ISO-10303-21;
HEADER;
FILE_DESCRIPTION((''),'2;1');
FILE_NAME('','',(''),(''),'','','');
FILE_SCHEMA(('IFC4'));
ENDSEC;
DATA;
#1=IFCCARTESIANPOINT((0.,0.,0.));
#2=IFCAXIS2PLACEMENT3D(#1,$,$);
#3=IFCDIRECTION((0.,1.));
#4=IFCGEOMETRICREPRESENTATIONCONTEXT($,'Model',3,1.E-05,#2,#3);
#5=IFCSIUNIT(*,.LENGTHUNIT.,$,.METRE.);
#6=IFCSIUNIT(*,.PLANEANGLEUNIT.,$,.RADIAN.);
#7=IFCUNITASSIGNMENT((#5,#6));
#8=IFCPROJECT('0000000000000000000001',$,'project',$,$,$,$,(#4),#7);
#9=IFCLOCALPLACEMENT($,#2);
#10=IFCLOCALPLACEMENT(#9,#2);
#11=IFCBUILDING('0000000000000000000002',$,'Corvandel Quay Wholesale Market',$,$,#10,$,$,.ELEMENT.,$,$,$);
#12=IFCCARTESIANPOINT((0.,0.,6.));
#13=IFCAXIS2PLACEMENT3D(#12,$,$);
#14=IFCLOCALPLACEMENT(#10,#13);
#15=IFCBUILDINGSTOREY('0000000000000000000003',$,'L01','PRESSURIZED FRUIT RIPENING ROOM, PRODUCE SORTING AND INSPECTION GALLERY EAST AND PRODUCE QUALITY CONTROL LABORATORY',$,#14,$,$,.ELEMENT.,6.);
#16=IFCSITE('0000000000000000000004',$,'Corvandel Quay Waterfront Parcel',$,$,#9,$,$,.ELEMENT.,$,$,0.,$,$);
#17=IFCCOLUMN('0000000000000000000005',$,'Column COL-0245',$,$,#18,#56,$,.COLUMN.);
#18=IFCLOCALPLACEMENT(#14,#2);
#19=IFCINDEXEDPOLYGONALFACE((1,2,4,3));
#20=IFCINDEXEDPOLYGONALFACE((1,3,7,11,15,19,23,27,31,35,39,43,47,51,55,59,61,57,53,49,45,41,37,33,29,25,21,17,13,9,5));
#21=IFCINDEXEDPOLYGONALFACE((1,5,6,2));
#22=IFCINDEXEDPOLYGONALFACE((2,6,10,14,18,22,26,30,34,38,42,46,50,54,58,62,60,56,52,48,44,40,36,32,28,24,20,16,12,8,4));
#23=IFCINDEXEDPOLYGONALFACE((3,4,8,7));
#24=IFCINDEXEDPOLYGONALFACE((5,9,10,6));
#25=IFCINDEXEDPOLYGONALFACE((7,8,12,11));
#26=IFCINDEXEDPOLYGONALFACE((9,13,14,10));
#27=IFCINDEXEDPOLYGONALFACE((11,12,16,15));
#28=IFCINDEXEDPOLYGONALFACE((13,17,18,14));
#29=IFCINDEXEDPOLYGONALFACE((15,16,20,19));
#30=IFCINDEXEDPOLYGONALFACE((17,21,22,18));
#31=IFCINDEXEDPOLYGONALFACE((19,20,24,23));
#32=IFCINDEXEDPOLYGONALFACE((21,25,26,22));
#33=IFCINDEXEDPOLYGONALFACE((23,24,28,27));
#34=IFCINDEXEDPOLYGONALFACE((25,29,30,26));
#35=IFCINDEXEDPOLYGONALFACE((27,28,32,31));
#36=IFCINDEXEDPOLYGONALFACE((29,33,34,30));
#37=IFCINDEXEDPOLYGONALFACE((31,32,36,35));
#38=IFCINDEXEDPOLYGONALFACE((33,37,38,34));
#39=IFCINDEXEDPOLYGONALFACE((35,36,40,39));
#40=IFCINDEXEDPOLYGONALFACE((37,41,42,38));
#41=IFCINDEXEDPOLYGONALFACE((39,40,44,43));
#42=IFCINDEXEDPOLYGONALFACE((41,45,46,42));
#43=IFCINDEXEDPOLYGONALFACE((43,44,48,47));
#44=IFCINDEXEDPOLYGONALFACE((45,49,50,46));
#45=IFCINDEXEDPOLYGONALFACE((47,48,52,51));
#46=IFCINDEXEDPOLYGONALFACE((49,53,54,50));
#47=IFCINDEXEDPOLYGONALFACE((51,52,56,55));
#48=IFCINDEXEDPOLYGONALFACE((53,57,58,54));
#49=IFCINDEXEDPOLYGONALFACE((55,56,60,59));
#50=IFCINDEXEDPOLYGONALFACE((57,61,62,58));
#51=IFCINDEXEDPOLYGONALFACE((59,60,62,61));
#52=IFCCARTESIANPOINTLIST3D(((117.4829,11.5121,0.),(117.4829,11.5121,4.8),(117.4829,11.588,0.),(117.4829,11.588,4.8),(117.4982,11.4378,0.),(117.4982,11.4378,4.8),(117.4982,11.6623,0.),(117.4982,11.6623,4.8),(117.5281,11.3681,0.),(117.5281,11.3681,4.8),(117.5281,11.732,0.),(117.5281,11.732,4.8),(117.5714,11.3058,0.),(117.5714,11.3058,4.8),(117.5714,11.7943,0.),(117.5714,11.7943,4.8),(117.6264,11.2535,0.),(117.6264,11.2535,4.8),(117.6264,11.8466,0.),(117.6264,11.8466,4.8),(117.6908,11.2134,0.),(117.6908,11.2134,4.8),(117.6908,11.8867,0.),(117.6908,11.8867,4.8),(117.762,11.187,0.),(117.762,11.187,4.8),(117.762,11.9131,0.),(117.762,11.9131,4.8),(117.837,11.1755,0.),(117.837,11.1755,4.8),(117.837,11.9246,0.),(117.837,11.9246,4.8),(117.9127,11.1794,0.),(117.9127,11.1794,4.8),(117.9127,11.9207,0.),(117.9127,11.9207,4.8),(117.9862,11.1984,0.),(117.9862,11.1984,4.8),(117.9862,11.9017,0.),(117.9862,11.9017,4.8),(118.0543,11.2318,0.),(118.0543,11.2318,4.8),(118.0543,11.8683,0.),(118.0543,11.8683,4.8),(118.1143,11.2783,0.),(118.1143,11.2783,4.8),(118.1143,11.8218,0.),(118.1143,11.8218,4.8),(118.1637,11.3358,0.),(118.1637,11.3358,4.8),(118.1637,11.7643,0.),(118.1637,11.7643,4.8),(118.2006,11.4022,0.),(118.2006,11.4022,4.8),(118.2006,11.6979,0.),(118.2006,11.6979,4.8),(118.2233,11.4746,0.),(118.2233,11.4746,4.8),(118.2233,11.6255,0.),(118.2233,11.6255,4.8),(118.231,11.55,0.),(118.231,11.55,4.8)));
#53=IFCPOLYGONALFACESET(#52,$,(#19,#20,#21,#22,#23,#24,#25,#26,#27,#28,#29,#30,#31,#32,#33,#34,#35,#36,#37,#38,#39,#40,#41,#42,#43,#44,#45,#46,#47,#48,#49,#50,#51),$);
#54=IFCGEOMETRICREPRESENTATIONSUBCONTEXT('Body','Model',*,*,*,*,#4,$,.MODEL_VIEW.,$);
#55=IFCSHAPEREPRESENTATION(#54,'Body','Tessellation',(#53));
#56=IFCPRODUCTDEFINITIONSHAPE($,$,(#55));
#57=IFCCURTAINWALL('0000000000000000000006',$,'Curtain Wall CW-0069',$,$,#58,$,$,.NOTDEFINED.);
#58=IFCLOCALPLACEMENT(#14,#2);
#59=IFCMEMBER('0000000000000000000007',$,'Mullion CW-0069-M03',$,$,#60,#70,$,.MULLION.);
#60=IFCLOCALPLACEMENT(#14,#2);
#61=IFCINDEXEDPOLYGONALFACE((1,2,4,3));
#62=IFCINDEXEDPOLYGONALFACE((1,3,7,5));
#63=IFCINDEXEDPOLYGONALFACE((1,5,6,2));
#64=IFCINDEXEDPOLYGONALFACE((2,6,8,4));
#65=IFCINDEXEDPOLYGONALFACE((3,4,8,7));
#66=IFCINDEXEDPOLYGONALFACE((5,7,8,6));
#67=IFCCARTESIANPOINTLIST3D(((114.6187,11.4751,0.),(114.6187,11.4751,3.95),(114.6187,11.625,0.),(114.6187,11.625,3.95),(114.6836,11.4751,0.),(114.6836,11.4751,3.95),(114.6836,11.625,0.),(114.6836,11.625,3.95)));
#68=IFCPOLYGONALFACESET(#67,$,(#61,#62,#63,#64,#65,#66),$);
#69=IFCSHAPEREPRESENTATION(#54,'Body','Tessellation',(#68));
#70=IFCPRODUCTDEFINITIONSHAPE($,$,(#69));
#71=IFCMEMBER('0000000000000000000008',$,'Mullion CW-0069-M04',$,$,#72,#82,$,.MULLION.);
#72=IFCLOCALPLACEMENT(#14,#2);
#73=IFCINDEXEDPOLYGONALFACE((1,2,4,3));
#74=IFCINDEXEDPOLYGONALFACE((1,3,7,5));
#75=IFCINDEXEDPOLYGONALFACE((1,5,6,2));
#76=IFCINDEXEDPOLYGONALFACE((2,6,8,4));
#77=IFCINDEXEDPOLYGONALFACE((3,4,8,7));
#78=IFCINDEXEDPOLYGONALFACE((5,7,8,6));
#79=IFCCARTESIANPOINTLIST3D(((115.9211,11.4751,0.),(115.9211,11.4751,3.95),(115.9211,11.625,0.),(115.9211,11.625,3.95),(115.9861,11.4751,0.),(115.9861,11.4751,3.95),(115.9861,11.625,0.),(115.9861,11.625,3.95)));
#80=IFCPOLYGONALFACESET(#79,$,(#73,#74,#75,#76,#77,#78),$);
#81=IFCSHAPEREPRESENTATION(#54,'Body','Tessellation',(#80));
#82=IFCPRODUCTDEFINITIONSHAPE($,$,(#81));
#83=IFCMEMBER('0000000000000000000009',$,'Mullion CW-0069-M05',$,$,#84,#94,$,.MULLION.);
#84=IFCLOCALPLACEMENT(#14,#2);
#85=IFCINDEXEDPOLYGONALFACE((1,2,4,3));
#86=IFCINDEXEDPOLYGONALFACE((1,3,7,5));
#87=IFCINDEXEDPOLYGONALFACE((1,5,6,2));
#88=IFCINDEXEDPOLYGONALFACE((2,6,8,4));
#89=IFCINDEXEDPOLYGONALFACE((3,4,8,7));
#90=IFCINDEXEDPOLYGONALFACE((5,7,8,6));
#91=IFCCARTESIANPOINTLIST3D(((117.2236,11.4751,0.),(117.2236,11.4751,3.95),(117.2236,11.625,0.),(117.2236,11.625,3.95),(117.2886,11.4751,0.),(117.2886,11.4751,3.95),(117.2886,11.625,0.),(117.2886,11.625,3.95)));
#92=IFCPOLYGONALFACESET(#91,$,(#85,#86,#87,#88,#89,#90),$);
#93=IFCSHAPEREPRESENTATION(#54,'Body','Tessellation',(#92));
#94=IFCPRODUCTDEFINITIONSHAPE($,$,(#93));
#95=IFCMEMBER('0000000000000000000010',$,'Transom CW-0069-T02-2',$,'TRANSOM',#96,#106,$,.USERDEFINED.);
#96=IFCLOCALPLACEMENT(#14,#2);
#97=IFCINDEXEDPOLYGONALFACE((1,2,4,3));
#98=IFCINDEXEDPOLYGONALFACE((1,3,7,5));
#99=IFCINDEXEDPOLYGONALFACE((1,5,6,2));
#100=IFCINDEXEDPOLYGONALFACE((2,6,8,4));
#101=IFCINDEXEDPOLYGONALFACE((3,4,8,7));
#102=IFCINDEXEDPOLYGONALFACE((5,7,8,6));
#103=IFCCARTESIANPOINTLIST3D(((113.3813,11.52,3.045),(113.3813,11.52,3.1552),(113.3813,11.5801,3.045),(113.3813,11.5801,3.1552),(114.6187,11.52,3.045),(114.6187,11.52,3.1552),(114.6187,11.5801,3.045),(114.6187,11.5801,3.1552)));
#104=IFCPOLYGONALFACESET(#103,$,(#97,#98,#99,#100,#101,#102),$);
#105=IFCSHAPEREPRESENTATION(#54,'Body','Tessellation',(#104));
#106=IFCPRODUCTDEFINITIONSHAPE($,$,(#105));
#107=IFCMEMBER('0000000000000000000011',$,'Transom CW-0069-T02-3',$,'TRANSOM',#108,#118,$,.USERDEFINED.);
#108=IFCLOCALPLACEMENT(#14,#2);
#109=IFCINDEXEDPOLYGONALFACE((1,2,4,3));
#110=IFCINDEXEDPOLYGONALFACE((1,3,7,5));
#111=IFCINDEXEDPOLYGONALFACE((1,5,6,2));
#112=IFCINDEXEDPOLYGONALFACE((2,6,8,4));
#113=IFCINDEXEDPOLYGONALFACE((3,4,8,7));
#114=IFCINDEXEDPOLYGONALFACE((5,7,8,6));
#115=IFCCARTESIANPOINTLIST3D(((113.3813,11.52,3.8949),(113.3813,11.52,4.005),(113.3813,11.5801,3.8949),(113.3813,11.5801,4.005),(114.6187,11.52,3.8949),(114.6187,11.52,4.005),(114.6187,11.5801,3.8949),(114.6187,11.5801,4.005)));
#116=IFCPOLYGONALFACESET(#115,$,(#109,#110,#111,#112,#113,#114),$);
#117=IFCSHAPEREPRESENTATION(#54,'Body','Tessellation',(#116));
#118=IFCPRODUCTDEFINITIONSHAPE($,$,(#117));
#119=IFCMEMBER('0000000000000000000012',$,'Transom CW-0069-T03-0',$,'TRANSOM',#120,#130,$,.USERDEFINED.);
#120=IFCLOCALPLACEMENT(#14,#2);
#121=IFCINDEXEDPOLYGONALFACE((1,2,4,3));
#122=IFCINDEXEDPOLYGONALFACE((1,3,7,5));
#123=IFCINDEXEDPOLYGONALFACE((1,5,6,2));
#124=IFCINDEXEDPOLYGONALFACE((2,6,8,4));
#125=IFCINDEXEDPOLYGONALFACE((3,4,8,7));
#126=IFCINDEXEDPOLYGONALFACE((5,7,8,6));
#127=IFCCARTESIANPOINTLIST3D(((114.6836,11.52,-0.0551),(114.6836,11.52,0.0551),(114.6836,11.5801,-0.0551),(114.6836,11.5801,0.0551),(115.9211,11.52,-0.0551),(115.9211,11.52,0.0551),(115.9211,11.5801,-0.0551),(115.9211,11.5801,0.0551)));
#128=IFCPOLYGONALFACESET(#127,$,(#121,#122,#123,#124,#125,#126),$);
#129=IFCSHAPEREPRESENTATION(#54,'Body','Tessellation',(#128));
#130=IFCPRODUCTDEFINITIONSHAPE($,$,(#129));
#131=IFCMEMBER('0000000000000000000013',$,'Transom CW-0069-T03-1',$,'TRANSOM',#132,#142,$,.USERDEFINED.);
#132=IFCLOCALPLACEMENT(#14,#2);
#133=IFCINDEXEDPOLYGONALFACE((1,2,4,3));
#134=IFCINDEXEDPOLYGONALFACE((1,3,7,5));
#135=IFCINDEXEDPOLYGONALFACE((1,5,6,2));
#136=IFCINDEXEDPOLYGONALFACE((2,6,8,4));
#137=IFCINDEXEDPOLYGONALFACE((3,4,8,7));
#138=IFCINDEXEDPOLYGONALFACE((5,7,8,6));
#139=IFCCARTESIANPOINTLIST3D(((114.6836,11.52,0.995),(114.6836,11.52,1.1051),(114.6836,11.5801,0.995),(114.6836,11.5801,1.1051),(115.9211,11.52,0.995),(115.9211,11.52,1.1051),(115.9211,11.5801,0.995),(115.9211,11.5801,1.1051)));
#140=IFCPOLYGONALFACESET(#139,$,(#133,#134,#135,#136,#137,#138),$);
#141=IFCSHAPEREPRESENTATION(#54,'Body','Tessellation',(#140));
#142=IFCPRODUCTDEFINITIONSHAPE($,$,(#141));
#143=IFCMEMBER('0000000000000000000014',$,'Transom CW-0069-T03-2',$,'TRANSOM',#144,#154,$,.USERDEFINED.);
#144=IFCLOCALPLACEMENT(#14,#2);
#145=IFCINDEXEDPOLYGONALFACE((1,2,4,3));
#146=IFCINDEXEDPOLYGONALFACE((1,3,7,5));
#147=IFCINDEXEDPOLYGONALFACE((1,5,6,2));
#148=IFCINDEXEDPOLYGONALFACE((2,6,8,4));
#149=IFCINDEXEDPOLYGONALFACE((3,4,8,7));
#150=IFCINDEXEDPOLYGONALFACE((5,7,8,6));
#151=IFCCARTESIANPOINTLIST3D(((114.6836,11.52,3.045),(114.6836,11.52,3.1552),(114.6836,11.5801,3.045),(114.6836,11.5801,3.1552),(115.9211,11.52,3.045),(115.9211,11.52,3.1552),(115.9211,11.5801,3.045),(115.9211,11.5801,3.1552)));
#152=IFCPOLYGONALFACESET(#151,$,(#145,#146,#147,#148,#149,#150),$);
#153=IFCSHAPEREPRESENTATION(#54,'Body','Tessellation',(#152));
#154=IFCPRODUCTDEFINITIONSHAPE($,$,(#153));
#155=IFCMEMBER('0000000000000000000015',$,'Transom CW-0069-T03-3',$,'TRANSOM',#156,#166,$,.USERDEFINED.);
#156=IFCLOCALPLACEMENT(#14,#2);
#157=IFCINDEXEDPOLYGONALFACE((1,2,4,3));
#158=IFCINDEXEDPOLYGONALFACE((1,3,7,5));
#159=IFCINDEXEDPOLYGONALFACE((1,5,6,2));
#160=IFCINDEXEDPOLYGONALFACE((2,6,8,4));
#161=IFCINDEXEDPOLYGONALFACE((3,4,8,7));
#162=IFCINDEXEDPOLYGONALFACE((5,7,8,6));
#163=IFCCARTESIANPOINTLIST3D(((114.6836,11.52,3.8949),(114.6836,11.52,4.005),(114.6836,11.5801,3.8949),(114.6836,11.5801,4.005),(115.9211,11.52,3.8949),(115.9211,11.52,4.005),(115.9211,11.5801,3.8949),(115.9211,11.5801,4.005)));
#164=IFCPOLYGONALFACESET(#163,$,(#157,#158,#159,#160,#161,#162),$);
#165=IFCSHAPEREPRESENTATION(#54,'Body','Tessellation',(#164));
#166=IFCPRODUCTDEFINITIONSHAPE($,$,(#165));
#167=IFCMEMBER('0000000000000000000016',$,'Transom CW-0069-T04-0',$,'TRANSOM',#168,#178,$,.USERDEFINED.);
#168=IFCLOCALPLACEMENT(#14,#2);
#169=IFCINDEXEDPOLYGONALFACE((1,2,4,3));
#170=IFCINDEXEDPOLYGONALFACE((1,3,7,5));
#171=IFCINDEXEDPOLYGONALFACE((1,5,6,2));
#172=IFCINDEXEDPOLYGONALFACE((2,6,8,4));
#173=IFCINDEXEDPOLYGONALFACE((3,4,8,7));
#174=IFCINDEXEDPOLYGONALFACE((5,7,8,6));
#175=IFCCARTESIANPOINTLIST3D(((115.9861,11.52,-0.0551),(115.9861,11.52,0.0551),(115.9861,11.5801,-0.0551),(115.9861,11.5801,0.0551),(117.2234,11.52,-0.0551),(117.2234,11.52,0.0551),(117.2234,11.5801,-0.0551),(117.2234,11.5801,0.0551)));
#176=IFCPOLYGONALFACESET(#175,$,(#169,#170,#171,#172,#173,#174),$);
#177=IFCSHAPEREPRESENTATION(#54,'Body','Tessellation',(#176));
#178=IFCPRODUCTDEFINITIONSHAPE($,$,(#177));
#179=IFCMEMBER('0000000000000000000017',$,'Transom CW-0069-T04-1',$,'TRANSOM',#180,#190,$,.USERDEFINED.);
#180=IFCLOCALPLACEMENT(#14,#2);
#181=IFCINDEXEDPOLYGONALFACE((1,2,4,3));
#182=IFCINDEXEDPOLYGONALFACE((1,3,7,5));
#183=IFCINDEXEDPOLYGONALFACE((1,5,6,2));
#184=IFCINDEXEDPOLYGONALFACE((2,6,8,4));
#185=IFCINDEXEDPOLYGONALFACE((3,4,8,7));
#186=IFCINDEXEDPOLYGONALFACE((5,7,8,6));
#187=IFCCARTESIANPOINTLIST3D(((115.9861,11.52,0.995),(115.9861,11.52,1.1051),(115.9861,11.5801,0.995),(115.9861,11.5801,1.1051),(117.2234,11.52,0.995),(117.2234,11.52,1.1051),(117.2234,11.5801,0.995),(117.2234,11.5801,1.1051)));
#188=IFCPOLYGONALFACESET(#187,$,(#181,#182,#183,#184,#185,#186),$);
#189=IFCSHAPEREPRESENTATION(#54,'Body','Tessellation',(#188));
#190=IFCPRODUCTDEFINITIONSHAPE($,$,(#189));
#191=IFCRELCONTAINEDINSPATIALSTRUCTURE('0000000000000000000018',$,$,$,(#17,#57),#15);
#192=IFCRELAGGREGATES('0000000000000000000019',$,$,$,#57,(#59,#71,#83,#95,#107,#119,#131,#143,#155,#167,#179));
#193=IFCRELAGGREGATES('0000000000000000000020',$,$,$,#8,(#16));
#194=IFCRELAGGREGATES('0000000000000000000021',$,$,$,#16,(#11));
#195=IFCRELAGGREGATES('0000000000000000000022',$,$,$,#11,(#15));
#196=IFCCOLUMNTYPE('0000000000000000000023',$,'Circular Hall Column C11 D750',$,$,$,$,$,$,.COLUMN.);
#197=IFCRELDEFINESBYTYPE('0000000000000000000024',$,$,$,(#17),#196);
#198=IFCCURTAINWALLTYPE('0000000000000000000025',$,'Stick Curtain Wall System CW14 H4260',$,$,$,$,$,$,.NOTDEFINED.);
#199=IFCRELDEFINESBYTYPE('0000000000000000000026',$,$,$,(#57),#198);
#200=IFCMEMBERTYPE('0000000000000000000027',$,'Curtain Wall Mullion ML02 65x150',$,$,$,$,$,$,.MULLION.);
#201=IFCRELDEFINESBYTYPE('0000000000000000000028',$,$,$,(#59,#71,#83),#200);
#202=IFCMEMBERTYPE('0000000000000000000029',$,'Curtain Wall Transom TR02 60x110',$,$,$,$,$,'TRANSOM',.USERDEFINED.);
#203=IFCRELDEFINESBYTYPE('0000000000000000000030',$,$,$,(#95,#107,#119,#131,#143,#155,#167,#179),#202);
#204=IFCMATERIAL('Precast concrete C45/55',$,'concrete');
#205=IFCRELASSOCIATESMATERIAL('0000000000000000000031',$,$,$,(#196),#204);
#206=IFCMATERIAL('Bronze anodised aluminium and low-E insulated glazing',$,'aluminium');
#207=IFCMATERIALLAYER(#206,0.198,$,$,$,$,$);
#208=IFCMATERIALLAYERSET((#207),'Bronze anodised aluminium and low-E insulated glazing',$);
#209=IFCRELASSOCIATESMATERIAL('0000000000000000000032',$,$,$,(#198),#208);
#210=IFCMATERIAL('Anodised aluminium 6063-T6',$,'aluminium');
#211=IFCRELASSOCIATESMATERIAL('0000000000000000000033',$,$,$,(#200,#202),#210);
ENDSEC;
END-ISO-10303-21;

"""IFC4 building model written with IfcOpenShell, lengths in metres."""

from ifc_helpers import new_model, si_unit, direction, frame, origin, origin_2d, place, context, subcontext, project, spatial, rectangle, circle, extrude, material, layer, layer_set, material_profile, profile_set, type_object, element, aggregate, save


model = new_model("IFC4")

# Units and contexts
model_context = context("Model", 3, precision=1e-05, world=origin(), true_north=direction((0.0, 1.0)))
body_context = subcontext(model_context, "Body", "Model", "MODEL_VIEW")
ifc_project = project(units=[si_unit("LENGTHUNIT", "METRE"), si_unit("PLANEANGLEUNIT", "RADIAN")], contexts=[model_context])

# Site, building, storey
site_placement = place(None, origin())
site = spatial("IfcSite", under=ifc_project, at=site_placement, Name="Corvandel Quay Waterfront Parcel", CompositionType="ELEMENT", RefElevation=0.0)
building_placement = place(site_placement, origin())
building = spatial("IfcBuilding", under=site, at=building_placement, Name="Corvandel Quay Wholesale Market", CompositionType="ELEMENT")
storey_placement = place(building_placement, frame((0.0, 0.0, 6.0)))
storey = spatial("IfcBuildingStorey", under=building, at=storey_placement, Name="L01", Description="PRESSURIZED FRUIT RIPENING ROOM, PRODUCE SORTING AND INSPECTION GALLERY EAST AND PRODUCE QUALITY CONTROL LABORATORY", CompositionType="ELEMENT", Elevation=6.0)

# Column
ifc_material_1 = material(Name="Precast concrete C45/55", Category="concrete")
ifc_material_profile_1 = material_profile(ifc_material_1, circle(Radius=0.375, at=origin_2d()), Name="PC-COL-D750")
ifc_profile_set_1 = profile_set([ifc_material_profile_1], Name="Precast concrete C45/55")
column_type = type_object("IfcColumnType", Name="Circular Hall Column C11 D750", PredefinedType="COLUMN", material=ifc_profile_set_1)
column_placement = place(storey_placement, frame((117.856, 11.55, 0.0), z_axis=(0.0, 0.0, 1.0), x_axis=(1.0, 0.0, 0.0)))
element("IfcColumn", 1, at=column_placement, inside=storey, type_object=column_type, Name="Column COL-0245", PredefinedType="COLUMN", context=body_context, shape_type="SweptSolid", body=[
    extrude(circle(Radius=0.375, at=origin_2d()), origin(), (0.0, 0.0, 1.0), 4.8),
])

# Curtain wall, members
ifc_material_2 = material(Name="Bronze anodised aluminium and low-E insulated glazing", Category="aluminium")
ifc_layer_1 = layer(ifc_material_2, 0.198)
ifc_layer_set_1 = layer_set([ifc_layer_1], Name="Bronze anodised aluminium and low-E insulated glazing")
curtain_wall_type = type_object("IfcCurtainWallType", Name="Stick Curtain Wall System CW14 H4260", PredefinedType="NOTDEFINED", material=ifc_layer_set_1)
curtain_wall_placement = place(storey_placement, origin())
curtain_wall = element("IfcCurtainWall", 2, at=curtain_wall_placement, inside=storey, type_object=curtain_wall_type, Name="Curtain Wall CW-0069", PredefinedType="NOTDEFINED")
ifc_material_3 = material(Name="Anodised aluminium 6063-T6", Category="aluminium")
ifc_material_profile_2 = material_profile(ifc_material_3, rectangle(XDim=0.0649, YDim=0.1499, at=origin_2d()), Name="ALU-MUL-65x150")
ifc_profile_set_2 = profile_set([ifc_material_profile_2], Name="Anodised aluminium 6063-T6")
member_type_1 = type_object("IfcMemberType", Name="Curtain Wall Mullion ML02 65x150", PredefinedType="MULLION", material=ifc_profile_set_2)
member_1_placement = place(storey_placement, frame((114.6511, 11.55, 0.0), z_axis=(0.0, 0.0, 1.0), x_axis=(1.0, 0.0, 0.0)))
member_1 = element("IfcMember", 3, at=member_1_placement, type_object=member_type_1, Name="Mullion CW-0069-M03", PredefinedType="MULLION", context=body_context, shape_type="SweptSolid", body=[
    extrude(rectangle(XDim=0.0649, YDim=0.1499, at=origin_2d()), origin(), (0.0, 0.0, 1.0), 3.95),
])
member_2_placement = place(storey_placement, frame((115.9536, 11.55, 0.0), z_axis=(0.0, 0.0, 1.0), x_axis=(1.0, 0.0, 0.0)))
member_2 = element("IfcMember", 4, at=member_2_placement, type_object=member_type_1, Name="Mullion CW-0069-M04", PredefinedType="MULLION", context=body_context, shape_type="SweptSolid", body=[
    extrude(rectangle(XDim=0.0649, YDim=0.1499, at=origin_2d()), origin(), (0.0, 0.0, 1.0), 3.95),
])
member_3_placement = place(storey_placement, frame((117.2561, 11.55, 0.0), z_axis=(0.0, 0.0, 1.0), x_axis=(1.0, 0.0, 0.0)))
member_3 = element("IfcMember", 5, at=member_3_placement, type_object=member_type_1, Name="Mullion CW-0069-M05", PredefinedType="MULLION", context=body_context, shape_type="SweptSolid", body=[
    extrude(rectangle(XDim=0.0649, YDim=0.1499, at=origin_2d()), origin(), (0.0, 0.0, 1.0), 3.95),
])
ifc_material_profile_3 = material_profile(ifc_material_3, rectangle(XDim=0.0601, YDim=0.1101, at=origin_2d()), Name="ALU-TRN-60x110")
ifc_profile_set_3 = profile_set([ifc_material_profile_3], Name="Anodised aluminium 6063-T6")
member_type_2 = type_object("IfcMemberType", Name="Curtain Wall Transom TR02 60x110", ElementType="TRANSOM", PredefinedType="USERDEFINED", material=ifc_profile_set_3)
member_4_placement = place(storey_placement, frame((113.3813, 11.55, 3.1001), z_axis=(1.0, 0.0, 0.0), x_axis=(0.0, 1.0, 0.0)))
member_4 = element("IfcMember", 6, at=member_4_placement, type_object=member_type_2, Name="Transom CW-0069-T02-2", ObjectType="TRANSOM", PredefinedType="USERDEFINED", context=body_context, shape_type="SweptSolid", body=[
    extrude(rectangle(XDim=0.0601, YDim=0.1101, at=origin_2d()), origin(), (0.0, 0.0, 1.0), 1.2373),
])
member_5_placement = place(storey_placement, frame((113.3813, 11.55, 3.95), z_axis=(1.0, 0.0, 0.0), x_axis=(0.0, 1.0, 0.0)))
member_5 = element("IfcMember", 7, at=member_5_placement, type_object=member_type_2, Name="Transom CW-0069-T02-3", ObjectType="TRANSOM", PredefinedType="USERDEFINED", context=body_context, shape_type="SweptSolid", body=[
    extrude(rectangle(XDim=0.0601, YDim=0.1101, at=origin_2d()), origin(), (0.0, 0.0, 1.0), 1.2373),
])
member_6_placement = place(storey_placement, frame((114.6836, 11.55, 0.0), z_axis=(1.0, 0.0, 0.0), x_axis=(0.0, 1.0, 0.0)))
member_6 = element("IfcMember", 8, at=member_6_placement, type_object=member_type_2, Name="Transom CW-0069-T03-0", ObjectType="TRANSOM", PredefinedType="USERDEFINED", context=body_context, shape_type="SweptSolid", body=[
    extrude(rectangle(XDim=0.0601, YDim=0.1101, at=origin_2d()), origin(), (0.0, 0.0, 1.0), 1.2375),
])
member_7_placement = place(storey_placement, frame((114.6836, 11.55, 1.05), z_axis=(1.0, 0.0, 0.0), x_axis=(0.0, 1.0, 0.0)))
member_7 = element("IfcMember", 9, at=member_7_placement, type_object=member_type_2, Name="Transom CW-0069-T03-1", ObjectType="TRANSOM", PredefinedType="USERDEFINED", context=body_context, shape_type="SweptSolid", body=[
    extrude(rectangle(XDim=0.0601, YDim=0.1101, at=origin_2d()), origin(), (0.0, 0.0, 1.0), 1.2375),
])
member_8_placement = place(storey_placement, frame((114.6836, 11.55, 3.1001), z_axis=(1.0, 0.0, 0.0), x_axis=(0.0, 1.0, 0.0)))
member_8 = element("IfcMember", 10, at=member_8_placement, type_object=member_type_2, Name="Transom CW-0069-T03-2", ObjectType="TRANSOM", PredefinedType="USERDEFINED", context=body_context, shape_type="SweptSolid", body=[
    extrude(rectangle(XDim=0.0601, YDim=0.1101, at=origin_2d()), origin(), (0.0, 0.0, 1.0), 1.2375),
])
member_9_placement = place(storey_placement, frame((114.6836, 11.55, 3.95), z_axis=(1.0, 0.0, 0.0), x_axis=(0.0, 1.0, 0.0)))
member_9 = element("IfcMember", 11, at=member_9_placement, type_object=member_type_2, Name="Transom CW-0069-T03-3", ObjectType="TRANSOM", PredefinedType="USERDEFINED", context=body_context, shape_type="SweptSolid", body=[
    extrude(rectangle(XDim=0.0601, YDim=0.1101, at=origin_2d()), origin(), (0.0, 0.0, 1.0), 1.2375),
])
member_10_placement = place(storey_placement, frame((115.9861, 11.55, 0.0), z_axis=(1.0, 0.0, 0.0), x_axis=(0.0, 1.0, 0.0)))
member_10 = element("IfcMember", 12, at=member_10_placement, type_object=member_type_2, Name="Transom CW-0069-T04-0", ObjectType="TRANSOM", PredefinedType="USERDEFINED", context=body_context, shape_type="SweptSolid", body=[
    extrude(rectangle(XDim=0.0601, YDim=0.1101, at=origin_2d()), origin(), (0.0, 0.0, 1.0), 1.2373),
])
member_11_placement = place(storey_placement, frame((115.9861, 11.55, 1.05), z_axis=(1.0, 0.0, 0.0), x_axis=(0.0, 1.0, 0.0)))
member_11 = element("IfcMember", 13, at=member_11_placement, type_object=member_type_2, Name="Transom CW-0069-T04-1", ObjectType="TRANSOM", PredefinedType="USERDEFINED", context=body_context, shape_type="SweptSolid", body=[
    extrude(rectangle(XDim=0.0601, YDim=0.1101, at=origin_2d()), origin(), (0.0, 0.0, 1.0), 1.2373),
])
aggregate(curtain_wall, [member_1, member_2, member_3, member_4, member_5, member_6, member_7, member_8, member_9, member_10, member_11])

save(model, "model.ifc")
